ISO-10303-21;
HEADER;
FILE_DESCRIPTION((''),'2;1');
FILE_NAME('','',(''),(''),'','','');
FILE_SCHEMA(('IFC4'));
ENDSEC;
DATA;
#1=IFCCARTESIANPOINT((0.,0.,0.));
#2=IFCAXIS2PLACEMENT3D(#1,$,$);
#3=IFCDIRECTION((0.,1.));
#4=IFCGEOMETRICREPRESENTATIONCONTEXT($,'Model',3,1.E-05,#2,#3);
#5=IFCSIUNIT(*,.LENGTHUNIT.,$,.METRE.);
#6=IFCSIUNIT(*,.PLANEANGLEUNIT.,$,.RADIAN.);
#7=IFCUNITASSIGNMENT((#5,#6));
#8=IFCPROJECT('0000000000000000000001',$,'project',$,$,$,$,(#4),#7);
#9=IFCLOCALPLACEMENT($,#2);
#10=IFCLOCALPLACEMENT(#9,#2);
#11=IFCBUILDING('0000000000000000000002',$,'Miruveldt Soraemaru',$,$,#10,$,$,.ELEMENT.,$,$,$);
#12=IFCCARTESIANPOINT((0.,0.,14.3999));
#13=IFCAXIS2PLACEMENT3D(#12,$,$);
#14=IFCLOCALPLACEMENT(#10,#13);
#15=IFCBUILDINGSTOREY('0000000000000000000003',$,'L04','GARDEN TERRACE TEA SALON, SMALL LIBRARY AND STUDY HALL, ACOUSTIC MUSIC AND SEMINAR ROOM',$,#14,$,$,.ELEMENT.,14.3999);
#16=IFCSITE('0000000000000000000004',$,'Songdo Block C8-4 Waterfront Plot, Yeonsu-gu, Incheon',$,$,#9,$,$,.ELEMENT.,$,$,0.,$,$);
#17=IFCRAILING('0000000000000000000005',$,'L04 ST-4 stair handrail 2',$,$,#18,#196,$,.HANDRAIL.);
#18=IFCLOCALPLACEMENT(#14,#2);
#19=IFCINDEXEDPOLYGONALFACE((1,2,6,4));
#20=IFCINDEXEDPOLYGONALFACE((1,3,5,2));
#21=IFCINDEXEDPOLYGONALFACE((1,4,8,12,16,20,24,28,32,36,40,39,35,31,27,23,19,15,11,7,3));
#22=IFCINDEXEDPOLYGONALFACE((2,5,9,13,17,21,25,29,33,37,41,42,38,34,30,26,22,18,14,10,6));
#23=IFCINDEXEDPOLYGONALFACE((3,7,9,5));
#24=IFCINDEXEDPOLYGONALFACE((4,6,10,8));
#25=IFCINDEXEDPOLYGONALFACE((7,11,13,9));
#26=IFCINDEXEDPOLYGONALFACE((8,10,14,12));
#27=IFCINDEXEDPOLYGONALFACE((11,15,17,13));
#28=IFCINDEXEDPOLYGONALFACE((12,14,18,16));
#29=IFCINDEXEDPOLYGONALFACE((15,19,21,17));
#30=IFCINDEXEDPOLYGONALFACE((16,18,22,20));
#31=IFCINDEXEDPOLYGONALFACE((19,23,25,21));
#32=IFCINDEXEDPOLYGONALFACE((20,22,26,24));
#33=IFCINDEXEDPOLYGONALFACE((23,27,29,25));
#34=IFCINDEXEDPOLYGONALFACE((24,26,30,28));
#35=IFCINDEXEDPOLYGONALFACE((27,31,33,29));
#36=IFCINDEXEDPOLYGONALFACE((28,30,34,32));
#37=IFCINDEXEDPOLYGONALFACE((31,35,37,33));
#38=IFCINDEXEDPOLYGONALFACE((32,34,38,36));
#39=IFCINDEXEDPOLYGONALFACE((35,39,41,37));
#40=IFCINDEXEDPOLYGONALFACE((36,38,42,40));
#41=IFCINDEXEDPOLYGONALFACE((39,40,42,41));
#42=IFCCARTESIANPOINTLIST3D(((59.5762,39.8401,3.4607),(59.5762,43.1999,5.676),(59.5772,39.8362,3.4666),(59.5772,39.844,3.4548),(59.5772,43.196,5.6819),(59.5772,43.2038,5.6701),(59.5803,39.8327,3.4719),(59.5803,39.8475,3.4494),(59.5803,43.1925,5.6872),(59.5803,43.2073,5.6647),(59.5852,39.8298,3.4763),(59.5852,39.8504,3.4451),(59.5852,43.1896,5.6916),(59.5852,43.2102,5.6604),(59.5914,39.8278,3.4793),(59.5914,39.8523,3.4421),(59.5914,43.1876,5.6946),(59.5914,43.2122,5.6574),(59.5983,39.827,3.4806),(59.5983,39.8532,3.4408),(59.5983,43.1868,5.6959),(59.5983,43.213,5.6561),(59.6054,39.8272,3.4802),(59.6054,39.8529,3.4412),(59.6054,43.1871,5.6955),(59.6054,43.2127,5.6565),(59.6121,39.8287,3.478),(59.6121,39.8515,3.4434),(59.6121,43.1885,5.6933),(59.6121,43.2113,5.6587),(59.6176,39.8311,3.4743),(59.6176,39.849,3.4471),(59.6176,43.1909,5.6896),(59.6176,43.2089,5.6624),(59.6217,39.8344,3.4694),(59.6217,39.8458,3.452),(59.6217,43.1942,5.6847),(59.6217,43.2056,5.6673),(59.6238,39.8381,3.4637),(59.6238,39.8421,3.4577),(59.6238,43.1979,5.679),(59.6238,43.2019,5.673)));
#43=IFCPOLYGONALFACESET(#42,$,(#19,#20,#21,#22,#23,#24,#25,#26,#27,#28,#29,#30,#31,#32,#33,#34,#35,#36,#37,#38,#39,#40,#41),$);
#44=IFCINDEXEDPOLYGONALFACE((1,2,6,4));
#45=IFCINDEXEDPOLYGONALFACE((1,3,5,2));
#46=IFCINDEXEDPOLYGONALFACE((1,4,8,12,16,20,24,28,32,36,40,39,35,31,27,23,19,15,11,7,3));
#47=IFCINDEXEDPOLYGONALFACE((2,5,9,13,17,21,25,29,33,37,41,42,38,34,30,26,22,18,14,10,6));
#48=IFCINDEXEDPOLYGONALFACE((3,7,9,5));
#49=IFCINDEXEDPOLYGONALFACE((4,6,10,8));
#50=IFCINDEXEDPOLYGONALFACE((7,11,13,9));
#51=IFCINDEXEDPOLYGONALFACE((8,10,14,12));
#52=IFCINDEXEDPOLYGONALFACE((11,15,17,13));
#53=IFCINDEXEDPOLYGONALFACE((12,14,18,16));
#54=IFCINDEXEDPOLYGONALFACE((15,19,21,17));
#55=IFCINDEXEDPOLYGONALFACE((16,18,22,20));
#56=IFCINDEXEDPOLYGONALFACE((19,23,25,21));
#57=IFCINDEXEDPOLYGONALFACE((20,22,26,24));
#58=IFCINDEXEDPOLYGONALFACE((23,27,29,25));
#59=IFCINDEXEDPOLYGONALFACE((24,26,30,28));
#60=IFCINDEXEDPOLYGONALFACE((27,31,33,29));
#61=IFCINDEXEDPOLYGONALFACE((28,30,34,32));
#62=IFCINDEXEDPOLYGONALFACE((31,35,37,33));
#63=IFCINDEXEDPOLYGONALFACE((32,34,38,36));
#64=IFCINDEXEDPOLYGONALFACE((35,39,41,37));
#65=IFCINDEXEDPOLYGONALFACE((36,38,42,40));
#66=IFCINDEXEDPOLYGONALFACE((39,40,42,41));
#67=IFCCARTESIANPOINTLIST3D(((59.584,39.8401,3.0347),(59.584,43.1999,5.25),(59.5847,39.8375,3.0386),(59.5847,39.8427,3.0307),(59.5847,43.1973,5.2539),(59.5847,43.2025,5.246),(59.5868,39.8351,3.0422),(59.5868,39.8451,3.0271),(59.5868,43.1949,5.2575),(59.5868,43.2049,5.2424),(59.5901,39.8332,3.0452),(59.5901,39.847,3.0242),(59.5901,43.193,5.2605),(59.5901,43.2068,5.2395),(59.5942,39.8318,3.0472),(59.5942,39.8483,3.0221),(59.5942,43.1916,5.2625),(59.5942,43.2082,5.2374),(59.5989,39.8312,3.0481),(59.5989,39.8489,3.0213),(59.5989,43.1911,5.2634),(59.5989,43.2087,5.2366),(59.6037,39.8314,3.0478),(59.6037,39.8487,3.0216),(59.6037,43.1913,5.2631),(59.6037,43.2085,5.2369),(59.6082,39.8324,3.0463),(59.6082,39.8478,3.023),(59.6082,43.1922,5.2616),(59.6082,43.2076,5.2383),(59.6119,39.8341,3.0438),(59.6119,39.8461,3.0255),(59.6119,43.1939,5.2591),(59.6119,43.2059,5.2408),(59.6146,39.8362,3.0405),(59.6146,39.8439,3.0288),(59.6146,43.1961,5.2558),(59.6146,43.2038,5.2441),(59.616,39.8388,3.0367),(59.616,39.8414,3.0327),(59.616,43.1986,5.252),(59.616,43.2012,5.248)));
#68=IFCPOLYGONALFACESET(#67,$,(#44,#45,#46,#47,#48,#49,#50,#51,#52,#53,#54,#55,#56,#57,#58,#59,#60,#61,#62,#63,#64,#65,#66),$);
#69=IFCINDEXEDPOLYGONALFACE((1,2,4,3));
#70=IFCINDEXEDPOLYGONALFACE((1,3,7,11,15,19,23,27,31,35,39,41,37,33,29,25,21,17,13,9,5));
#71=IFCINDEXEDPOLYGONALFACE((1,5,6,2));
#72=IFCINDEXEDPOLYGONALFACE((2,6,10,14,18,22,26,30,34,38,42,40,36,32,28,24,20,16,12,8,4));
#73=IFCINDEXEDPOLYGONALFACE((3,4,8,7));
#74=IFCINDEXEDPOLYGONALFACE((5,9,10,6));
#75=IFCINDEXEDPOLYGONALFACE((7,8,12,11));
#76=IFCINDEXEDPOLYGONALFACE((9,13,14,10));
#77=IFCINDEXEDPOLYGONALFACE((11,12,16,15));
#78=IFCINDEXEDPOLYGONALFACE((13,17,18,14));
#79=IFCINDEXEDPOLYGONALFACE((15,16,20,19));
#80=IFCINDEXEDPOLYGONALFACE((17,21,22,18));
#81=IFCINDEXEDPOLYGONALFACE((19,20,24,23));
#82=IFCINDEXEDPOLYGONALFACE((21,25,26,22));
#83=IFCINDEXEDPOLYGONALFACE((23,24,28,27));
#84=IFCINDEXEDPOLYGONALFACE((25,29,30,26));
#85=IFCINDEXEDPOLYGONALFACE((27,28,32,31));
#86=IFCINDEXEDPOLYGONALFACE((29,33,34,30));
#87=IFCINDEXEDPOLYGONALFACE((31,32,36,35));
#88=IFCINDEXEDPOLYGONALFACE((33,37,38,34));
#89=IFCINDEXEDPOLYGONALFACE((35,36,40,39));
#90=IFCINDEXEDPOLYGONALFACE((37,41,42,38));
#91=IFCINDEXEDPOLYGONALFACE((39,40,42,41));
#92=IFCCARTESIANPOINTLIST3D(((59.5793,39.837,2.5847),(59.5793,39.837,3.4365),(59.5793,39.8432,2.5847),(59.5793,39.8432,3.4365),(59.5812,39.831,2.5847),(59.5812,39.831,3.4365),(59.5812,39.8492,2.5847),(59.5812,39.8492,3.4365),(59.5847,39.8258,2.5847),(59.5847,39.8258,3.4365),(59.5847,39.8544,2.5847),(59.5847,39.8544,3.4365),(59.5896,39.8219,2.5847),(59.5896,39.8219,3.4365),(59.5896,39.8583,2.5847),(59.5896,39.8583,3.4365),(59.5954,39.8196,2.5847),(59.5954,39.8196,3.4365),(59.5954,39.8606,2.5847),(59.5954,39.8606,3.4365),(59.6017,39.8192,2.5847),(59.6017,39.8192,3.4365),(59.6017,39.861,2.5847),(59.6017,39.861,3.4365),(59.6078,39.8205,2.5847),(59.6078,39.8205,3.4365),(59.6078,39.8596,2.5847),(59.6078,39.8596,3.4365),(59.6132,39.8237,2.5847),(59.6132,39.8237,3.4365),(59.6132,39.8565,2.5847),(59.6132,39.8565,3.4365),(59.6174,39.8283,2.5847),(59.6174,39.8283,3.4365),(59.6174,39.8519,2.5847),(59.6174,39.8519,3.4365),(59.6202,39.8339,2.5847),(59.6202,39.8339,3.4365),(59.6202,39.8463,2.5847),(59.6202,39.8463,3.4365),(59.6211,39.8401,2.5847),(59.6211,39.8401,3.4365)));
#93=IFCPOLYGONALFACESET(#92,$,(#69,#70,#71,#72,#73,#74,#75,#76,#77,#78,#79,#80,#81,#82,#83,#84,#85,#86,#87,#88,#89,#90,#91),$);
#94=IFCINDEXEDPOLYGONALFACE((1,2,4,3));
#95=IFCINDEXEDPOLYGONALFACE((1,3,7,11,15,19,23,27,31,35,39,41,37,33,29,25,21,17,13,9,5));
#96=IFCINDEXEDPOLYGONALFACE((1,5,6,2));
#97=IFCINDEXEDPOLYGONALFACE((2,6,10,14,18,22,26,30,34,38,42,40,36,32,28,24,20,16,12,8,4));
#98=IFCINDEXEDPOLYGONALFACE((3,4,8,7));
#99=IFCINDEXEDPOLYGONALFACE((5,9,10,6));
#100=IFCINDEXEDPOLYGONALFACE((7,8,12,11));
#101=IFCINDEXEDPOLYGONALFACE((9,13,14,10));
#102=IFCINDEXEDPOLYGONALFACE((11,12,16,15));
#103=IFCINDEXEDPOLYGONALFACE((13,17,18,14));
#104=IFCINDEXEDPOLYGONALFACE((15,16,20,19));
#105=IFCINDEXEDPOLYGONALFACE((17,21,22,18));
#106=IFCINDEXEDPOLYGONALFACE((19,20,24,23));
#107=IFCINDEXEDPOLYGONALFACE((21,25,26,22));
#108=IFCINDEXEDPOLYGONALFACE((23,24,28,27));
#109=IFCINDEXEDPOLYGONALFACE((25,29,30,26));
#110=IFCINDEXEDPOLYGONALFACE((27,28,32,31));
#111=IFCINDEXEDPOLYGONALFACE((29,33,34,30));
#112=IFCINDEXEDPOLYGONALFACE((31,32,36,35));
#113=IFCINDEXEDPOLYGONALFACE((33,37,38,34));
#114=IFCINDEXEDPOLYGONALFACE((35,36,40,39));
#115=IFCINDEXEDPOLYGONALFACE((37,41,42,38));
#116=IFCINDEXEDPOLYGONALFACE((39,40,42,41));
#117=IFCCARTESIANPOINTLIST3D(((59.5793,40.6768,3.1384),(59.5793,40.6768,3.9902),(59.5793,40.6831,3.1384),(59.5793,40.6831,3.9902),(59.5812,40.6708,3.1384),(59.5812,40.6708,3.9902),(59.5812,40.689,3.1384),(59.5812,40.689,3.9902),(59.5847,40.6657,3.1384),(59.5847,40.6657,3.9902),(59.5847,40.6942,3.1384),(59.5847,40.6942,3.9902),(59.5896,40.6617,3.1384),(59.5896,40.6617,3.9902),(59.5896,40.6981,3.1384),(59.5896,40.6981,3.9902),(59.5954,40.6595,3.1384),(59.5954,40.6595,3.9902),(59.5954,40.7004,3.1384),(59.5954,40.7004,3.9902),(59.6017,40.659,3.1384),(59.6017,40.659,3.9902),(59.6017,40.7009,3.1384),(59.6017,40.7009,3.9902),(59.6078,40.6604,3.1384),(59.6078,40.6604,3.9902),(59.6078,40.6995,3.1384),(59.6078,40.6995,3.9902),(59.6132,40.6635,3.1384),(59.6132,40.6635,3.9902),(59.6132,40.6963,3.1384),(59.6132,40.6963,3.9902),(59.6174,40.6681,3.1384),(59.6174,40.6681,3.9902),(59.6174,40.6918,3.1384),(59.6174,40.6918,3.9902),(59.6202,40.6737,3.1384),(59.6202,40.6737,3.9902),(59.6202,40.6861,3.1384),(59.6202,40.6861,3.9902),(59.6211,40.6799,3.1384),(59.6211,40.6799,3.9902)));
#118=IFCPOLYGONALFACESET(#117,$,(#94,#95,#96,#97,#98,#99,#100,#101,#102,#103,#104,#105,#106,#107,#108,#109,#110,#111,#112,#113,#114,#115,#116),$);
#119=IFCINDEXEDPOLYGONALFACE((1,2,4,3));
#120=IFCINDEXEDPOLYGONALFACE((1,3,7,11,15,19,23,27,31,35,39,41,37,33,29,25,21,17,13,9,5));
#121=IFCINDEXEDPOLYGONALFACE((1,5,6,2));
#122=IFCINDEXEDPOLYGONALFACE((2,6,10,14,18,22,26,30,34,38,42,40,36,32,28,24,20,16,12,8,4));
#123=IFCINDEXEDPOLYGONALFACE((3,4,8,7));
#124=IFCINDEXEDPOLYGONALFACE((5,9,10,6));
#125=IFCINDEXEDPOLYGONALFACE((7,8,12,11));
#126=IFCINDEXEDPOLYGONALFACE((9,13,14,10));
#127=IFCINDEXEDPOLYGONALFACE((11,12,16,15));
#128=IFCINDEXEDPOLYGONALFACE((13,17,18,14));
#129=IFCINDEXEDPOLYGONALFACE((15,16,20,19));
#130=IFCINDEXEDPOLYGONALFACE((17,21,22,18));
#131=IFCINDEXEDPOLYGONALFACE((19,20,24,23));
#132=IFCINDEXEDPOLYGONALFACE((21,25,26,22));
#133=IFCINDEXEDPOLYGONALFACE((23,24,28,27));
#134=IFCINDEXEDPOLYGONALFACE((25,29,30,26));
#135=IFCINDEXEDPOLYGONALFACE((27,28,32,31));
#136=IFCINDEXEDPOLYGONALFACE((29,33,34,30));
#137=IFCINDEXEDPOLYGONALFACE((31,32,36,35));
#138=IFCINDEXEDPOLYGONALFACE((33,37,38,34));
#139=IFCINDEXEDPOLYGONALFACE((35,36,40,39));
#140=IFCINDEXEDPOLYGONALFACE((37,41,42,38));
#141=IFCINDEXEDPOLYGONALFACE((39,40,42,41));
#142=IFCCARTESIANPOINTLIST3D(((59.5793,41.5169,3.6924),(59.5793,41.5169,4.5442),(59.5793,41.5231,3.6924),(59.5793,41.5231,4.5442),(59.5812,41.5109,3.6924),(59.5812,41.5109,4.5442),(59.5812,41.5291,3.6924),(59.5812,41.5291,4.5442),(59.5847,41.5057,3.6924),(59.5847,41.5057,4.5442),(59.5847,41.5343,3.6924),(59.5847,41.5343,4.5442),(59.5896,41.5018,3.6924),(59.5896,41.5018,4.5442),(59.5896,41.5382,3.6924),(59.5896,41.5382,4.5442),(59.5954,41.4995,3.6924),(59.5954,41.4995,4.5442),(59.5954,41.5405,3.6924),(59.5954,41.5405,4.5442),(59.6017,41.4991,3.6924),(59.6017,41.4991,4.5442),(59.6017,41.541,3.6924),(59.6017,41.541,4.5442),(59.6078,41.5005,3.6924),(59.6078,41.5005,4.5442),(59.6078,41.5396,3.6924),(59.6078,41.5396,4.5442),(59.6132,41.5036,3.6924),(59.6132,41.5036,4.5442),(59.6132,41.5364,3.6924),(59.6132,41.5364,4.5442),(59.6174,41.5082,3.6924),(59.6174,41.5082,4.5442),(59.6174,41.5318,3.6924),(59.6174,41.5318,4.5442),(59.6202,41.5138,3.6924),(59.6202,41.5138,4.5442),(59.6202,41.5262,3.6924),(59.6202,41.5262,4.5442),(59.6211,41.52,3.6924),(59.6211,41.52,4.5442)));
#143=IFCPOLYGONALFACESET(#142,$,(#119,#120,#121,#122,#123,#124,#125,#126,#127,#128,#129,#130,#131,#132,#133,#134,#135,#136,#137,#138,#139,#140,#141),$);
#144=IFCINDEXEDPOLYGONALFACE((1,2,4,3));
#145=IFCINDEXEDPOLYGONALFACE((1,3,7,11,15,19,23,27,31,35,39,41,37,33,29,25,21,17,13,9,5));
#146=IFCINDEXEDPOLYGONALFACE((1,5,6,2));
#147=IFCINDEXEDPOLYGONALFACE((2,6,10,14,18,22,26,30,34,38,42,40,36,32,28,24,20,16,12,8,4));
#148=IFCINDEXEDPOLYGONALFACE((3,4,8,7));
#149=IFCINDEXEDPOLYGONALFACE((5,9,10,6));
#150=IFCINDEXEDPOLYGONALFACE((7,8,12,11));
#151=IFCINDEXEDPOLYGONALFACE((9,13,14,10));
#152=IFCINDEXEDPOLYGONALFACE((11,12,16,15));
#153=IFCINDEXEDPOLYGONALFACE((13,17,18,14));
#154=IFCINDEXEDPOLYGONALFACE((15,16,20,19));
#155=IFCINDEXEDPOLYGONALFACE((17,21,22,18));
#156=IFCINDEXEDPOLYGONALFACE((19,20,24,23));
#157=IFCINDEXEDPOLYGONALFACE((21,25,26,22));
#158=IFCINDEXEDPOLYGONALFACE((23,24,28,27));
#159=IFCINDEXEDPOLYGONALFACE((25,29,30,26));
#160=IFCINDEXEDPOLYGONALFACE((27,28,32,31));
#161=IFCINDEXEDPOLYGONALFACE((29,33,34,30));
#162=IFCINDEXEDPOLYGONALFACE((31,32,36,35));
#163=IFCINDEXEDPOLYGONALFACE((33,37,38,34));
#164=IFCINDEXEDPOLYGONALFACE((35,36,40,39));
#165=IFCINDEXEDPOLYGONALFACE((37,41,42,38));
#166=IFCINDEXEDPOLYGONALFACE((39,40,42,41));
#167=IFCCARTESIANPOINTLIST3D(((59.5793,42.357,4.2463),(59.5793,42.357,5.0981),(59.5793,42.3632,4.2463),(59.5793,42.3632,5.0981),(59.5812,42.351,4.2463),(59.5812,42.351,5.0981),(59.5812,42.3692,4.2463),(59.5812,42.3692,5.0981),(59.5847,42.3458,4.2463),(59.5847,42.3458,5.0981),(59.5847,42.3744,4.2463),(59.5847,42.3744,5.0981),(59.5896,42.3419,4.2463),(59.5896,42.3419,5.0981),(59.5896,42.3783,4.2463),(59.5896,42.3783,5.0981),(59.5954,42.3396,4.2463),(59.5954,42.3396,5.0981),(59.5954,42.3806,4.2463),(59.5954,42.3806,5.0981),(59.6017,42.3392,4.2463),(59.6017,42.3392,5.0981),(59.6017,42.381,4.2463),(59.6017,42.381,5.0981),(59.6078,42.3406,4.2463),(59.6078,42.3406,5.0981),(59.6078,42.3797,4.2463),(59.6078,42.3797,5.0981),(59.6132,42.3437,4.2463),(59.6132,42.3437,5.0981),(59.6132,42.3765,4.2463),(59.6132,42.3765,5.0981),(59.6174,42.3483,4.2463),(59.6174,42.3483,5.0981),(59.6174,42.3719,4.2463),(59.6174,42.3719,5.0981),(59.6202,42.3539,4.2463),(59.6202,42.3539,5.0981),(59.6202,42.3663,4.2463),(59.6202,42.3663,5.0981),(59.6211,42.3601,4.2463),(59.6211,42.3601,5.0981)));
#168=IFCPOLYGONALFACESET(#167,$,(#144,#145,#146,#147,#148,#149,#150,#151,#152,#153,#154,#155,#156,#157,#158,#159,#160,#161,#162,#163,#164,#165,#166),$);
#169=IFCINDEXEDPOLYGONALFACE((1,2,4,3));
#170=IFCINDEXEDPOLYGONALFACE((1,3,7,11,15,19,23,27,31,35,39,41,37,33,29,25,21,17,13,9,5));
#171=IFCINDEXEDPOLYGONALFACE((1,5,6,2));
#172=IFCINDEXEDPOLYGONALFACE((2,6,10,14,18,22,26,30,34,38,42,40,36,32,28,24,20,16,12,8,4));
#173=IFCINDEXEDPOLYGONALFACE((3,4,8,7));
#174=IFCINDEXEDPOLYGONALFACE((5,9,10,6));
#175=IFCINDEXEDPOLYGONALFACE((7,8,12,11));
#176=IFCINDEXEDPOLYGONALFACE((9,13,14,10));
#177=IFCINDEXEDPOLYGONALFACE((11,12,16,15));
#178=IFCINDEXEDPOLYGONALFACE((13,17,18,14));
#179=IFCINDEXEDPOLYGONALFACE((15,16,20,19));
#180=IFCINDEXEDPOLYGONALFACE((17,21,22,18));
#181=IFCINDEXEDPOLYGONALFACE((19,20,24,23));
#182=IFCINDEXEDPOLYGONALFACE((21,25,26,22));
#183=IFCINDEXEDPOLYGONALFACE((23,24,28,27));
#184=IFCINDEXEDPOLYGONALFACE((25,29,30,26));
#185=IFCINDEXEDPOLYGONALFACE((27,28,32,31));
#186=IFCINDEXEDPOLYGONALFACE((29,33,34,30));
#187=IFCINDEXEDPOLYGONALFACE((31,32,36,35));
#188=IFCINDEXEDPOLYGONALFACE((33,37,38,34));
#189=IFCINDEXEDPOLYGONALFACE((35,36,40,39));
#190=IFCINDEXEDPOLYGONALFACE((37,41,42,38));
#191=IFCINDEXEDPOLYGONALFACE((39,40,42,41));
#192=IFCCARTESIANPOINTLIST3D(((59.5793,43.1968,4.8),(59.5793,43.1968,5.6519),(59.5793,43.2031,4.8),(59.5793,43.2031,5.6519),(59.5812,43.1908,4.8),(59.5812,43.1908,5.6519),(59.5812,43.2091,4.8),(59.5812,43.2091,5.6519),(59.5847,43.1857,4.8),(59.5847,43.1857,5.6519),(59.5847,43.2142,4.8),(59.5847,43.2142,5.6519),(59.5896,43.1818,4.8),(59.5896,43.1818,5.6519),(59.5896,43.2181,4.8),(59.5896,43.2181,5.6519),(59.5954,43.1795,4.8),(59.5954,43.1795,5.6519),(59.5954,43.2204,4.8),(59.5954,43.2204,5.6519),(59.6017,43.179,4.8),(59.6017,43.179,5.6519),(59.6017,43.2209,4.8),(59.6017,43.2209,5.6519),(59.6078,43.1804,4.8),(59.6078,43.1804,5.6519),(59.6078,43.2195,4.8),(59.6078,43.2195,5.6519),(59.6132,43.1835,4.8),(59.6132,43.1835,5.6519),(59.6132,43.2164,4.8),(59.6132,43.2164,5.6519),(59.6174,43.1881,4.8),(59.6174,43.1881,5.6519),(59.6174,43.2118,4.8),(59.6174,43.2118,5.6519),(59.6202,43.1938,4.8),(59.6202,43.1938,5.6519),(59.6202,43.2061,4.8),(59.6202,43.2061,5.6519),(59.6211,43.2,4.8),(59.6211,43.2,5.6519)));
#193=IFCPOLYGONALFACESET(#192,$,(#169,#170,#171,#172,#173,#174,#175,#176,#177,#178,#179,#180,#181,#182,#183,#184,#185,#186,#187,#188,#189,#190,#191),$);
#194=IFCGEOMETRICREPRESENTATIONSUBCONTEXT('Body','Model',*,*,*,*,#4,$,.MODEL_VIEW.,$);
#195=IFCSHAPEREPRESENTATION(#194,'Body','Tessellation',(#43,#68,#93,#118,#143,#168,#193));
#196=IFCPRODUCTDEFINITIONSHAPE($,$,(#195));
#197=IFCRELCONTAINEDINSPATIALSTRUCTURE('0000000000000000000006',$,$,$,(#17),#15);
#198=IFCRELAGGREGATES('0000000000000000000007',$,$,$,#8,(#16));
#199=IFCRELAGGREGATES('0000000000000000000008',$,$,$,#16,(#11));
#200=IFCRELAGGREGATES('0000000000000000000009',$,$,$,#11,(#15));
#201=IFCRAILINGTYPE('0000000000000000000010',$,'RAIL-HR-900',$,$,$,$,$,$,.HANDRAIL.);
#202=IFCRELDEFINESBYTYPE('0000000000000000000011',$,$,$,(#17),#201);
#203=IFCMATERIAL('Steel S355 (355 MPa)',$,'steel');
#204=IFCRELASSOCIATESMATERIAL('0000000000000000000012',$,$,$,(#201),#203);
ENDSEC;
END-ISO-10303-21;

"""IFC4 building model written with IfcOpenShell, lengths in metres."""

from ifc_helpers import new_model, si_unit, direction, frame, origin, origin_2d, place, context, subcontext, project, spatial, circle, extrude, material, type_object, element, save


model = new_model("IFC4")

# Units and contexts
model_context = context("Model", 3, precision=1e-05, world=origin(), true_north=direction((0.0, 1.0)))
body_context = subcontext(model_context, "Body", "Model", "MODEL_VIEW")
ifc_project = project(units=[si_unit("LENGTHUNIT", "METRE"), si_unit("PLANEANGLEUNIT", "RADIAN")], contexts=[model_context])

# Site, building, storey
site_placement = place(None, origin())
site = spatial("IfcSite", under=ifc_project, at=site_placement, Name="Songdo Block C8-4 Waterfront Plot, Yeonsu-gu, Incheon", CompositionType="ELEMENT", RefElevation=0.0)
building_placement = place(site_placement, origin())
building = spatial("IfcBuilding", under=site, at=building_placement, Name="Miruveldt Soraemaru", CompositionType="ELEMENT")
storey_placement = place(building_placement, frame((0.0, 0.0, 14.3999)))
storey = spatial("IfcBuildingStorey", under=building, at=storey_placement, Name="L04", Description="GARDEN TERRACE TEA SALON, SMALL LIBRARY AND STUDY HALL, ACOUSTIC MUSIC AND SEMINAR ROOM", CompositionType="ELEMENT", Elevation=14.3999)

# Shared definitions
ifc_material_1 = material(Name="Steel S355 (355 MPa)", Category="steel")

# Railing
railing_type_1 = type_object("IfcRailingType", Name="RAIL-HR-900", PredefinedType="HANDRAIL", material=ifc_material_1)
railing_1_placement = place(storey_placement, frame((59.6001, 39.8401, 2.5847)))
element("IfcRailing", 1, at=railing_1_placement, inside=storey, type_object=railing_type_1, Name="L04 ST-4 stair handrail 2", PredefinedType="HANDRAIL", context=body_context, shape_type="SweptSolid", body=[
    extrude(circle(Radius=0.0239, at=origin_2d()), frame((0.0, 0.0, 0.876), z_axis=(0.0, 0.834858, 0.550465), x_axis=(-1.0, 0.0, 0.0)), (0.0, 0.0, 1.0), 4.0244),
    extrude(circle(Radius=0.0161, at=origin_2d()), frame((0.0, 0.0, 0.45), z_axis=(0.0, 0.834858, 0.550465), x_axis=(-1.0, 0.0, 0.0)), (0.0, 0.0, 1.0), 4.0244),
    extrude(circle(Radius=0.021, at=origin_2d()), origin(), (0.0, 0.0, 1.0), 0.8518),
    extrude(circle(Radius=0.021, at=origin_2d()), frame((0.0, 0.8398, 0.5537)), (0.0, 0.0, 1.0), 0.8518),
    extrude(circle(Radius=0.021, at=origin_2d()), frame((0.0, 1.6799, 1.1077)), (0.0, 0.0, 1.0), 0.8518),
    extrude(circle(Radius=0.021, at=origin_2d()), frame((0.0, 2.52, 1.6616)), (0.0, 0.0, 1.0), 0.8518),
    extrude(circle(Radius=0.021, at=origin_2d()), frame((0.0, 3.3599, 2.2153)), (0.0, 0.0, 1.0), 0.8518),
])

save(model, "model.ifc")
